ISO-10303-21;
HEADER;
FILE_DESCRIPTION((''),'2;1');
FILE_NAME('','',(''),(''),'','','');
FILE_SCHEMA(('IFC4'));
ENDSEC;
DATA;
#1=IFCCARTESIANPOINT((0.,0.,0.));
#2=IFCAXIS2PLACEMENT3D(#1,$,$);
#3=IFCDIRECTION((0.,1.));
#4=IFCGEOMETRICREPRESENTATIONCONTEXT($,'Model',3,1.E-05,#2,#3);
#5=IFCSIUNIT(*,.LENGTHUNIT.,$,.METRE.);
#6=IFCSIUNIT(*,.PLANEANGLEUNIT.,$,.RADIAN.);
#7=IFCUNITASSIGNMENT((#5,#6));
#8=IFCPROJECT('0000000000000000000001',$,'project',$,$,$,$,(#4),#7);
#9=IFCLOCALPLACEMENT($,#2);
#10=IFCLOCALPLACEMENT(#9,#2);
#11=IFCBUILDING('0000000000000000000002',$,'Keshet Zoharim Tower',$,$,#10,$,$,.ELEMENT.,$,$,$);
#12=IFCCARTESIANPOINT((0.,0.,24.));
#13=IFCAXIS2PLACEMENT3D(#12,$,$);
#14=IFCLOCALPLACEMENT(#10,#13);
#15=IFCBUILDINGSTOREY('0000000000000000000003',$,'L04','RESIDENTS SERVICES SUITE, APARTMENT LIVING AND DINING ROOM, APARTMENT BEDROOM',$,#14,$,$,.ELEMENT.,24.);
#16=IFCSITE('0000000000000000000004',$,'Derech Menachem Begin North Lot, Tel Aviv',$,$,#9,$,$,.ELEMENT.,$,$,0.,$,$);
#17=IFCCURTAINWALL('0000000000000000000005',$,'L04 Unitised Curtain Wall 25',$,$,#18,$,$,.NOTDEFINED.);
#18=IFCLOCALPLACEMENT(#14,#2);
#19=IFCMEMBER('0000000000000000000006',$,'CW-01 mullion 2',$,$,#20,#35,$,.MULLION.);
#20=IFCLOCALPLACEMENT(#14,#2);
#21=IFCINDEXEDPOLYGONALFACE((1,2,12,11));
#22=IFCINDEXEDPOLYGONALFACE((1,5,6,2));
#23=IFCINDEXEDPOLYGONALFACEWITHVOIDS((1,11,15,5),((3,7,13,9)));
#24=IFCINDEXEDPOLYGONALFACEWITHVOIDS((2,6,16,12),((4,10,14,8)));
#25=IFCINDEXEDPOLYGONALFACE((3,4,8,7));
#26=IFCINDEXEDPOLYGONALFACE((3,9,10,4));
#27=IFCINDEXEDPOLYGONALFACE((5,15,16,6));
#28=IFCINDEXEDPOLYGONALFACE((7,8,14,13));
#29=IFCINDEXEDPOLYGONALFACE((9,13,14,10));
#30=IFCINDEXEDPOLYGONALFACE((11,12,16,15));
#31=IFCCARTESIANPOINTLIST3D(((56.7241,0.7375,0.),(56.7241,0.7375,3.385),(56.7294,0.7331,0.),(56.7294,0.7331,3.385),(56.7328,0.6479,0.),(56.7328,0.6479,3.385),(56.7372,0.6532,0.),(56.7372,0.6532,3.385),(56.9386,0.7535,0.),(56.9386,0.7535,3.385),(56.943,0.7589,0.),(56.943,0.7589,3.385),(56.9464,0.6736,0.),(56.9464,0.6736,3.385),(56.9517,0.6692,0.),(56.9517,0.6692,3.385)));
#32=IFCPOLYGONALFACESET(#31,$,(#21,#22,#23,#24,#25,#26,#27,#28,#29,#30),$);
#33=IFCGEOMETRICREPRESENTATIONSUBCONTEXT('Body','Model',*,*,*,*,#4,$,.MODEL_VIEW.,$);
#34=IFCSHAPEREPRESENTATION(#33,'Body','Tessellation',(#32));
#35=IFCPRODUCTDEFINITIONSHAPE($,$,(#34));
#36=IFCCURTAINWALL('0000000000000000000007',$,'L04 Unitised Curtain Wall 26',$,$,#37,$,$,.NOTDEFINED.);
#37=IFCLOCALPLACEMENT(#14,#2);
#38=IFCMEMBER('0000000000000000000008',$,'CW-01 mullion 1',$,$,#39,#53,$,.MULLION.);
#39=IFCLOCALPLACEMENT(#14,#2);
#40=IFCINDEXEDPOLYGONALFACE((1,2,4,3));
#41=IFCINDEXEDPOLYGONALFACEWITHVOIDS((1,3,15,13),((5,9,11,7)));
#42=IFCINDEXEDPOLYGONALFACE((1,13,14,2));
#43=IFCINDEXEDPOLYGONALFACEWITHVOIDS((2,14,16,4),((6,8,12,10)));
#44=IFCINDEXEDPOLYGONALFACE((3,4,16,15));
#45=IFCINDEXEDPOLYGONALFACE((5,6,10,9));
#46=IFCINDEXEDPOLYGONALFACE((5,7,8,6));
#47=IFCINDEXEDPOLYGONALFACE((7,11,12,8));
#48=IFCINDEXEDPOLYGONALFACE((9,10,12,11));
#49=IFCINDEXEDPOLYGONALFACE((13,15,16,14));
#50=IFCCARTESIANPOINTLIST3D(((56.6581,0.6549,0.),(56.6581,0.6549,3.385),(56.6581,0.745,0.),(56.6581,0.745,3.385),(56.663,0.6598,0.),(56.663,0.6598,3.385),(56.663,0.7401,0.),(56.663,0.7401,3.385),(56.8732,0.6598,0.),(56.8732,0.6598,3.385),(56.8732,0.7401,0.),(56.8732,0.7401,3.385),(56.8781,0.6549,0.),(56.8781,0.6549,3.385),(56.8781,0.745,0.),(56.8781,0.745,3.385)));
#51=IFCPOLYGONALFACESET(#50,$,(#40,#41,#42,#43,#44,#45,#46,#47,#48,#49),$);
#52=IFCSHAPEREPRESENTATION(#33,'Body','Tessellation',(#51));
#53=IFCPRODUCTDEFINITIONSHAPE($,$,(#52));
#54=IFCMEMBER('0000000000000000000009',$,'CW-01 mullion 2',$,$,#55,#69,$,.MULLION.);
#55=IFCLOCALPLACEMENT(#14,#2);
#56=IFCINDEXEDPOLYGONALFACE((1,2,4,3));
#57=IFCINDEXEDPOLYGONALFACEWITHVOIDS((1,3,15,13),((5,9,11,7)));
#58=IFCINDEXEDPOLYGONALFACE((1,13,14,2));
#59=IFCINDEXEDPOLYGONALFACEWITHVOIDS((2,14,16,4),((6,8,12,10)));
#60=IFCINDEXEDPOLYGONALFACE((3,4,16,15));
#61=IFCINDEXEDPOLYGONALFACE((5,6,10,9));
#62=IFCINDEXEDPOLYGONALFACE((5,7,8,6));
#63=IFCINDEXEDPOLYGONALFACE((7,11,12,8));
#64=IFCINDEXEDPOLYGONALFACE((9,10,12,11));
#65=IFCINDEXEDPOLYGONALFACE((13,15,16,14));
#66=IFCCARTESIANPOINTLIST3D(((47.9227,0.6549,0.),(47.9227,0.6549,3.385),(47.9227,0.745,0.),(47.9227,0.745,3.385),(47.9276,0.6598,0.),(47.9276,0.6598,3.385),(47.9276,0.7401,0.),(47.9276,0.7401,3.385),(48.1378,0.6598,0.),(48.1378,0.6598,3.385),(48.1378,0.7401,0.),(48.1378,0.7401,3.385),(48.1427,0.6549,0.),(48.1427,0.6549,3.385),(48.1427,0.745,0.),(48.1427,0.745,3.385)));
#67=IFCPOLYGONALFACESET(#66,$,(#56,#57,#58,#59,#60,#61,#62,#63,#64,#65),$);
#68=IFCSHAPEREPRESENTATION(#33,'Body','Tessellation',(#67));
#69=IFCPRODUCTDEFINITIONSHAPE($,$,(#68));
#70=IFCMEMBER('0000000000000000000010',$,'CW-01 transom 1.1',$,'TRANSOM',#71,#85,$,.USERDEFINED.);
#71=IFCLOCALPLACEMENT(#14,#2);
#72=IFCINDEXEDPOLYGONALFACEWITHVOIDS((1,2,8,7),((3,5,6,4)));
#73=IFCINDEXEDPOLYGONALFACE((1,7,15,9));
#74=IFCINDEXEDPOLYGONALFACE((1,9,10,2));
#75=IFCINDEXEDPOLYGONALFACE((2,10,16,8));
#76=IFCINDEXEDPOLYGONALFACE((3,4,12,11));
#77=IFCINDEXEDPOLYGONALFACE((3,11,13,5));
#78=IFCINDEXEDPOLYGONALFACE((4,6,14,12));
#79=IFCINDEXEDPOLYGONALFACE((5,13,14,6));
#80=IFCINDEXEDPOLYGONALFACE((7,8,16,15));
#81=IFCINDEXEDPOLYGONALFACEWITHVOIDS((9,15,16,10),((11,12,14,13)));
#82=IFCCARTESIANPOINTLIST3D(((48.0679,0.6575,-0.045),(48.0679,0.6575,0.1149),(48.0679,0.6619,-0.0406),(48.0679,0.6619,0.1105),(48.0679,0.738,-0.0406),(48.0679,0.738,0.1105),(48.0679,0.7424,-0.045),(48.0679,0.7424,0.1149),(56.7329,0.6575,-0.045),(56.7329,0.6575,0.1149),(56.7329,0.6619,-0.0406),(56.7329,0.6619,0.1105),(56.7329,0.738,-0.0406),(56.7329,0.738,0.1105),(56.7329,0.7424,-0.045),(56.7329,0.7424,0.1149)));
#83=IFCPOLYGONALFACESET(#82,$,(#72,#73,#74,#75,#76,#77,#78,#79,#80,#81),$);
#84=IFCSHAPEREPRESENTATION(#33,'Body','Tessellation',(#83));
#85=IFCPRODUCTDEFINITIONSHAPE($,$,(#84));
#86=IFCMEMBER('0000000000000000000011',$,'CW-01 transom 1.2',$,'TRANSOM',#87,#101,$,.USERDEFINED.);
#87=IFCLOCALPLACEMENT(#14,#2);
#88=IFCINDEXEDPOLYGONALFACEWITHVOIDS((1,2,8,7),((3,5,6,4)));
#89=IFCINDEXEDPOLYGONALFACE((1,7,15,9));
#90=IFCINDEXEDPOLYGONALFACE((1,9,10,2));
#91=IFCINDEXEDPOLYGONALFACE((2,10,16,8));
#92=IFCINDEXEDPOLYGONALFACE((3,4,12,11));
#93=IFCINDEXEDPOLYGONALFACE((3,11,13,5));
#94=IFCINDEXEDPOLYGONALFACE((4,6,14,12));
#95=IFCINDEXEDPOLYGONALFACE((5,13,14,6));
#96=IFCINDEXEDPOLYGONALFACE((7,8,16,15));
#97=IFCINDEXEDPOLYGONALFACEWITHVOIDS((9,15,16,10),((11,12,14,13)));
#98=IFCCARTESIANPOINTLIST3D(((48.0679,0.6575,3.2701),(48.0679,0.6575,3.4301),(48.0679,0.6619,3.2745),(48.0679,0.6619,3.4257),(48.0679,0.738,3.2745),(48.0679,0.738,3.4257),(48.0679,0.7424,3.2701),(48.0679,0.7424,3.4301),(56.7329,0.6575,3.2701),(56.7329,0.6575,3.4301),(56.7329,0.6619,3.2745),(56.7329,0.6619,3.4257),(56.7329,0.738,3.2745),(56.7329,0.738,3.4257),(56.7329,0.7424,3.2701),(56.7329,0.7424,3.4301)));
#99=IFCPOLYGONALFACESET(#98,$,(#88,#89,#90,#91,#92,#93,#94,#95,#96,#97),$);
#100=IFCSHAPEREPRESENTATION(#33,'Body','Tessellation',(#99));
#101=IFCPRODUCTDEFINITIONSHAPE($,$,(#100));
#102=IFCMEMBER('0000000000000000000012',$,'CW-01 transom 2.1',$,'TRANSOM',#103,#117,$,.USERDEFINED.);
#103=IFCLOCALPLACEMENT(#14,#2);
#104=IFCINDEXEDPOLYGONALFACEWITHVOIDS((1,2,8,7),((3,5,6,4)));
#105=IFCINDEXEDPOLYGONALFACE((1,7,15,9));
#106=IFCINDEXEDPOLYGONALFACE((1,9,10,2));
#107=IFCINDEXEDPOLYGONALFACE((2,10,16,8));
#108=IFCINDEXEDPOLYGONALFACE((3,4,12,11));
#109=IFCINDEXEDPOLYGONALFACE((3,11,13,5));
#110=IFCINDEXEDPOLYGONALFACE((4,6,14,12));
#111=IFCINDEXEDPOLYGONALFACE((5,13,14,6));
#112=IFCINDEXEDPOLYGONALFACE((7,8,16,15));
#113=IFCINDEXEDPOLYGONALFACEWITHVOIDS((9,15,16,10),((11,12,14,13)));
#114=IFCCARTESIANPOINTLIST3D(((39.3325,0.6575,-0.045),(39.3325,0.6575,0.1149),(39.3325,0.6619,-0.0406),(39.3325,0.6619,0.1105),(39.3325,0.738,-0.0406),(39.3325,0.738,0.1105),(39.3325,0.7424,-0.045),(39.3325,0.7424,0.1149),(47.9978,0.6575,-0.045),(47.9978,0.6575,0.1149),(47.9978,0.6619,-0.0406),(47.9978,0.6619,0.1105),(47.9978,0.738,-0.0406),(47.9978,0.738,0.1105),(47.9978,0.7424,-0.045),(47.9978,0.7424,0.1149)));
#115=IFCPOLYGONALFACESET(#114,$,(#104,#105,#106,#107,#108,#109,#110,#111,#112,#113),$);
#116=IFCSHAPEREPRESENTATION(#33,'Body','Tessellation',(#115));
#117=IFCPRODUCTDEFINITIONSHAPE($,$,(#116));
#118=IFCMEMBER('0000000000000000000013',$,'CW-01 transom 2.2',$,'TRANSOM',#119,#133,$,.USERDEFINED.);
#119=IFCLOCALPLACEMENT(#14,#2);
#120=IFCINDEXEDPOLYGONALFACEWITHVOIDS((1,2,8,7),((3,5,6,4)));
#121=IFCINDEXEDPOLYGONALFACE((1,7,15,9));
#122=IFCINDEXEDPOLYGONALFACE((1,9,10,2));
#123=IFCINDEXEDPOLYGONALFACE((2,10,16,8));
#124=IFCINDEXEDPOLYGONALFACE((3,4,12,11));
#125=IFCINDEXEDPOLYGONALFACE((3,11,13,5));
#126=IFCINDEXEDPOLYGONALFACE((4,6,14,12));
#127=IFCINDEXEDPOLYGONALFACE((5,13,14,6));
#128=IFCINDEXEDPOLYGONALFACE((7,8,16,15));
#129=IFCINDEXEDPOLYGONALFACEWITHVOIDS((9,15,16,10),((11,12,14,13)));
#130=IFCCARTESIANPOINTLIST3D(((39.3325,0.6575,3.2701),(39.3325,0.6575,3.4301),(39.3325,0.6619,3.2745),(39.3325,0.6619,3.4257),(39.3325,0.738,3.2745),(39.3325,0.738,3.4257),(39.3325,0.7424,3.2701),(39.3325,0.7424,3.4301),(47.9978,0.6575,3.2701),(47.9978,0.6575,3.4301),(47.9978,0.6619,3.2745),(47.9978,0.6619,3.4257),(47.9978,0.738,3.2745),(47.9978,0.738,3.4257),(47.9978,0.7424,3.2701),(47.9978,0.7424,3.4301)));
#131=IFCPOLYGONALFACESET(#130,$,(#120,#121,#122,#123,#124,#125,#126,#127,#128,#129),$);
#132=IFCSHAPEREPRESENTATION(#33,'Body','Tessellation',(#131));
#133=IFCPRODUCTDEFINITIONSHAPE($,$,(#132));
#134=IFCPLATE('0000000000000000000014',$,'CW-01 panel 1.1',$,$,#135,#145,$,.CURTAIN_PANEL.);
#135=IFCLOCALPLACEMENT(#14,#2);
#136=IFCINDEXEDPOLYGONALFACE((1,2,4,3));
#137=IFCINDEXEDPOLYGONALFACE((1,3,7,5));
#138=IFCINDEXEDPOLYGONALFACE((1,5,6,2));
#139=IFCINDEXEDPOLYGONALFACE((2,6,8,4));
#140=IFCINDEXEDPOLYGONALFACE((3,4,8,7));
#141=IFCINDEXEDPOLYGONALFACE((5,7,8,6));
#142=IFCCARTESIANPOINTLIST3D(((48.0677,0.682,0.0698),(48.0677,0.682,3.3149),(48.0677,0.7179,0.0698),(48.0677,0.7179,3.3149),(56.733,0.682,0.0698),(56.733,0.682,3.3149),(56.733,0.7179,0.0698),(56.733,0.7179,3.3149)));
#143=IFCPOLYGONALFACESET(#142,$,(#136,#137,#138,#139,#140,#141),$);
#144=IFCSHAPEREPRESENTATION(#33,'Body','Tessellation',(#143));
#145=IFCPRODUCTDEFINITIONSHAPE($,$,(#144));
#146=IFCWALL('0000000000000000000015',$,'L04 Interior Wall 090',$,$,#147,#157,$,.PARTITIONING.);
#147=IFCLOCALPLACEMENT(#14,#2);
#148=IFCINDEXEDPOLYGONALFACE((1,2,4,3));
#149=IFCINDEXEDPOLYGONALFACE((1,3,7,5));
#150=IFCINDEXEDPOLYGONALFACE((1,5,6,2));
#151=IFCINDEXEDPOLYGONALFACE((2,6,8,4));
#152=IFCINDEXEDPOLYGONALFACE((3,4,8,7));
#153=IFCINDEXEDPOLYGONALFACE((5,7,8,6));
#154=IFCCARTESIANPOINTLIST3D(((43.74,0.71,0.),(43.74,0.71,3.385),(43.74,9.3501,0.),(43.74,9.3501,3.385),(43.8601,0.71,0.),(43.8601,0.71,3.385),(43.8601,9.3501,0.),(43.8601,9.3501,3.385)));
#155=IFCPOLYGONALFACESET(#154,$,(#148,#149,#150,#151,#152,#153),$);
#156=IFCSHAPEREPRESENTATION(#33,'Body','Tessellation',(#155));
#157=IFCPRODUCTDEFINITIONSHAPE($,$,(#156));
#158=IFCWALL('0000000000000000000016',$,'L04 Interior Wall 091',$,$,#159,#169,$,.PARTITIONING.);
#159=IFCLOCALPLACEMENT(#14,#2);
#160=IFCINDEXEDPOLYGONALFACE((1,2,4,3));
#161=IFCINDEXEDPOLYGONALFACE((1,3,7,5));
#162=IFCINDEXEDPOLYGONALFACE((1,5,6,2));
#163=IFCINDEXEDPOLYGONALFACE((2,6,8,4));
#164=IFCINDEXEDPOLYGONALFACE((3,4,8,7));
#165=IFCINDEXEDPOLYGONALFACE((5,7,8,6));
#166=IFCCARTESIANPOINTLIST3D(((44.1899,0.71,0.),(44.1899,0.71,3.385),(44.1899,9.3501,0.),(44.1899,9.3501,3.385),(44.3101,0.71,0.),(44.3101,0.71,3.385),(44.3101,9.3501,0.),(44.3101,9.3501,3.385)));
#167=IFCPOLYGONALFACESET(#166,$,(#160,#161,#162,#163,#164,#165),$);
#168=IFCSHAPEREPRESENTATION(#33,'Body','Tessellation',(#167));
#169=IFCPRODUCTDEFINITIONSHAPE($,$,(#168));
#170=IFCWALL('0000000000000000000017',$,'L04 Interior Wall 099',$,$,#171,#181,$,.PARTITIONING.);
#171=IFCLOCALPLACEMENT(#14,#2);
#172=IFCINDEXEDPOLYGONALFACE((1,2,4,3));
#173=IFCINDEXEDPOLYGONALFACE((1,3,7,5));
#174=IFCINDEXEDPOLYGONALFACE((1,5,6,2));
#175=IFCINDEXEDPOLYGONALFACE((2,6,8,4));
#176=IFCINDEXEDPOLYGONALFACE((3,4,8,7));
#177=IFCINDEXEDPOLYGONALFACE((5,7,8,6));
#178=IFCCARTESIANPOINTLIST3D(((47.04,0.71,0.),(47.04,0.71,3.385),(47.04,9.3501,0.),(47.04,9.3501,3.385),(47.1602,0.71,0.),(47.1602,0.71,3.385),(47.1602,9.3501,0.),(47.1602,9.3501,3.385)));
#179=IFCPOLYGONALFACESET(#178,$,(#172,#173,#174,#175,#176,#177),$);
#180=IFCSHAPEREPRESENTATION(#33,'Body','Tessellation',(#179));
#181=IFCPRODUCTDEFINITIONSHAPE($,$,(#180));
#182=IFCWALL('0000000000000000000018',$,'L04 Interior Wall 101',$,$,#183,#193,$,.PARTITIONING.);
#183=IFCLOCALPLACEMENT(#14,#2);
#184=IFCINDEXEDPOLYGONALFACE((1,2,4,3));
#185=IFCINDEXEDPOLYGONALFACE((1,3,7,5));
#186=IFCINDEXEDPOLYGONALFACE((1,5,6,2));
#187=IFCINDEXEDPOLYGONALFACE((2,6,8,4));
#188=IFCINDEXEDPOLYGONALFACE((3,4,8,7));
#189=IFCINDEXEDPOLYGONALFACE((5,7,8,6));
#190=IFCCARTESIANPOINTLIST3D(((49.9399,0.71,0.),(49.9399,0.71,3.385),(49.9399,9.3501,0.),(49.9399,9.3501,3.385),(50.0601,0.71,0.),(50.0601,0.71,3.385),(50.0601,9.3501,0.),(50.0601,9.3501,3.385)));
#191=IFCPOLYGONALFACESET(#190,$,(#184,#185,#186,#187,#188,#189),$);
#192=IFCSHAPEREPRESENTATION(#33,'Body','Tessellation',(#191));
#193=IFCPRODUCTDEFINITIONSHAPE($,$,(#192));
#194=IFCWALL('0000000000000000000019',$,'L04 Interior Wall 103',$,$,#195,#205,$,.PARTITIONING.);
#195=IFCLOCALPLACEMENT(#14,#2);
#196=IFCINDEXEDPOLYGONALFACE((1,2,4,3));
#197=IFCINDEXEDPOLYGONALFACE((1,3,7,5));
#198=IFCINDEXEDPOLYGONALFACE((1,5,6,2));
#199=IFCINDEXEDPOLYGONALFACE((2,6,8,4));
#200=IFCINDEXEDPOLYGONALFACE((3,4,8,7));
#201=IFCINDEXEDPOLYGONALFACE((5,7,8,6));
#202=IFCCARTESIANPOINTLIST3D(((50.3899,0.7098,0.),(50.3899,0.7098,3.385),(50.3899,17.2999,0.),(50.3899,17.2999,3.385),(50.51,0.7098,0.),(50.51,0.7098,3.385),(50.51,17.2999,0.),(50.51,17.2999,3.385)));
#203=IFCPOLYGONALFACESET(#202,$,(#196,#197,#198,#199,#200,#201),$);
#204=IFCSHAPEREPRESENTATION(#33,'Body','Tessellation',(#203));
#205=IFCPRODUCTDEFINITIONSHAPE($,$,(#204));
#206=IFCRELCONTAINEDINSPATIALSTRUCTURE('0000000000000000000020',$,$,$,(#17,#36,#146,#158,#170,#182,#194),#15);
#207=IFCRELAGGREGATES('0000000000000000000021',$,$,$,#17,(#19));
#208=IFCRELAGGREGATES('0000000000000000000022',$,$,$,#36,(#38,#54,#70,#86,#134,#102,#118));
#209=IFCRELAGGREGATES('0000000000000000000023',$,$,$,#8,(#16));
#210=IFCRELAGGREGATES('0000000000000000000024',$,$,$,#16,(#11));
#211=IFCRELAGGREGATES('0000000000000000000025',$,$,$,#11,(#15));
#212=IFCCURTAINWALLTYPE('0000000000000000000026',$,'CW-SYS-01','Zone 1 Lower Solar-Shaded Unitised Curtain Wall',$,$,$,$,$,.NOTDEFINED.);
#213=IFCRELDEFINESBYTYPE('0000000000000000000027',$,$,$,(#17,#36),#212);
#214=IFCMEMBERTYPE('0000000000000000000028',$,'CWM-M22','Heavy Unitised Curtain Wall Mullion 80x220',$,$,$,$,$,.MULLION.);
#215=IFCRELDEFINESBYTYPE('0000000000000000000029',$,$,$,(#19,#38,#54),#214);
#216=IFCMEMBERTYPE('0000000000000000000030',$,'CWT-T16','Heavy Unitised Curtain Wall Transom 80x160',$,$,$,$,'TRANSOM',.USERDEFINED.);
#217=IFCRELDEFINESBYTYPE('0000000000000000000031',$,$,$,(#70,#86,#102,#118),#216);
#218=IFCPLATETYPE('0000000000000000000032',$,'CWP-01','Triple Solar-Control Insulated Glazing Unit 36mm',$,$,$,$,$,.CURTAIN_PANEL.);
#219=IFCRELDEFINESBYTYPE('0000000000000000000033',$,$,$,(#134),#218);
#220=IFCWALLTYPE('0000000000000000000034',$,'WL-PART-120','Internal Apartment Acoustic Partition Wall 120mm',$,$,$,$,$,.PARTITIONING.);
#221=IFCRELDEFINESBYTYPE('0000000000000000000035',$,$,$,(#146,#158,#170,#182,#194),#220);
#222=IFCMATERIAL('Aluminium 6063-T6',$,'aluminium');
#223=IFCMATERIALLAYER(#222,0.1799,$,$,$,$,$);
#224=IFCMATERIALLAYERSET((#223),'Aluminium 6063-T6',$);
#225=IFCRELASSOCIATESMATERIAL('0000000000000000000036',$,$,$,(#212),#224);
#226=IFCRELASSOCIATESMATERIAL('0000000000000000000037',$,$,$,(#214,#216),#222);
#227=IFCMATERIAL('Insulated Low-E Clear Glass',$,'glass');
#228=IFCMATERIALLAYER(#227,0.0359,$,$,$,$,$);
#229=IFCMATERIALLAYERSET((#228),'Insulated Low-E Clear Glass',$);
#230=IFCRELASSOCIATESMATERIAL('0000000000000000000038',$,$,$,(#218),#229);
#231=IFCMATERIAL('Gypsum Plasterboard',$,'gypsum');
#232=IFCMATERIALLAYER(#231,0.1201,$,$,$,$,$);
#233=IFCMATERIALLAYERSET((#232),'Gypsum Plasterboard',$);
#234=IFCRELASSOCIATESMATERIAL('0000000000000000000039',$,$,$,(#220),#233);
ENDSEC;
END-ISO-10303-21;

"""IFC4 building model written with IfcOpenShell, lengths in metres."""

from ifc_helpers import new_model, si_unit, direction, frame, frame_2d, origin, origin_2d, place, context, subcontext, project, spatial, rectangle, hollow_rectangle, extrude, material, layer, layer_set, material_profile, profile_set, type_object, element, aggregate, save


model = new_model("IFC4")

# Units and contexts
model_context = context("Model", 3, precision=1e-05, world=origin(), true_north=direction((0.0, 1.0)))
body_context = subcontext(model_context, "Body", "Model", "MODEL_VIEW")
ifc_project = project(units=[si_unit("LENGTHUNIT", "METRE"), si_unit("PLANEANGLEUNIT", "RADIAN")], contexts=[model_context])

# Site, building, storey
site_placement = place(None, origin())
site = spatial("IfcSite", under=ifc_project, at=site_placement, Name="Derech Menachem Begin North Lot, Tel Aviv", CompositionType="ELEMENT", RefElevation=0.0)
building_placement = place(site_placement, origin())
building = spatial("IfcBuilding", under=site, at=building_placement, Name="Keshet Zoharim Tower", CompositionType="ELEMENT")
storey_placement = place(building_placement, frame((0.0, 0.0, 24.0)))
storey = spatial("IfcBuildingStorey", under=building, at=storey_placement, Name="L04", Description="RESIDENTS SERVICES SUITE, APARTMENT LIVING AND DINING ROOM, APARTMENT BEDROOM", CompositionType="ELEMENT", Elevation=24.0)

# Curtain wall, member
ifc_material_1 = material(Name="Aluminium 6063-T6", Category="aluminium")
ifc_layer_1 = layer(ifc_material_1, 0.1799)
ifc_layer_set_1 = layer_set([ifc_layer_1], Name="Aluminium 6063-T6")
curtain_wall_type = type_object("IfcCurtainWallType", Name="CW-SYS-01", Description="Zone 1 Lower Solar-Shaded Unitised Curtain Wall", PredefinedType="NOTDEFINED", material=ifc_layer_set_1)
curtain_wall_1_placement = place(storey_placement, origin())
curtain_wall_1 = element("IfcCurtainWall", 1, at=curtain_wall_1_placement, inside=storey, type_object=curtain_wall_type, Name="L04 Unitised Curtain Wall 25", PredefinedType="NOTDEFINED")
ifc_material_profile_1 = material_profile(ifc_material_1, hollow_rectangle(XDim=0.0901, YDim=0.22, WallThickness=0.0049, at=origin_2d()), Name="MUL-90x220")
ifc_profile_set_1 = profile_set([ifc_material_profile_1], Name="Aluminium 6063-T6")
member_type_1 = type_object("IfcMemberType", Name="CWM-M22", Description="Heavy Unitised Curtain Wall Mullion 80x220", PredefinedType="MULLION", material=ifc_profile_set_1)
member_1_placement = place(storey_placement, frame((56.8379, 0.7034, 0.0), z_axis=(0.0, 0.0, 1.0), x_axis=(0.096977, -0.995287, 0.0)))
member_1 = element("IfcMember", 2, at=member_1_placement, type_object=member_type_1, Name="CW-01 mullion 2", PredefinedType="MULLION", context=body_context, shape_type="SweptSolid", body=[
    extrude(hollow_rectangle(XDim=0.0901, YDim=0.22, WallThickness=0.0049, at=origin_2d()), origin(), (0.0, 0.0, 1.0), 3.385),
])
aggregate(curtain_wall_1, [member_1])

# Curtain wall, members, plate
curtain_wall_2_placement = place(storey_placement, origin())
curtain_wall_2 = element("IfcCurtainWall", 3, at=curtain_wall_2_placement, inside=storey, type_object=curtain_wall_type, Name="L04 Unitised Curtain Wall 26", PredefinedType="NOTDEFINED")
member_2_placement = place(storey_placement, frame((56.7681, 0.7, 0.0), z_axis=(0.0, 0.0, 1.0), x_axis=(0.0, -1.0, 0.0)))
member_2 = element("IfcMember", 4, at=member_2_placement, type_object=member_type_1, Name="CW-01 mullion 1", PredefinedType="MULLION", context=body_context, shape_type="SweptSolid", body=[
    extrude(hollow_rectangle(XDim=0.0901, YDim=0.22, WallThickness=0.0049, at=origin_2d()), origin(), (0.0, 0.0, 1.0), 3.385),
])
member_3_placement = place(storey_placement, frame((48.0327, 0.7, 0.0), z_axis=(0.0, 0.0, 1.0), x_axis=(0.0, -1.0, 0.0)))
member_3 = element("IfcMember", 5, at=member_3_placement, type_object=member_type_1, Name="CW-01 mullion 2", PredefinedType="MULLION", context=body_context, shape_type="SweptSolid", body=[
    extrude(hollow_rectangle(XDim=0.0901, YDim=0.22, WallThickness=0.0049, at=origin_2d()), origin(), (0.0, 0.0, 1.0), 3.385),
])
ifc_material_profile_2 = material_profile(ifc_material_1, hollow_rectangle(XDim=0.085, YDim=0.1599, WallThickness=0.0044, at=origin_2d()), Name="TRN-85x160")
ifc_profile_set_2 = profile_set([ifc_material_profile_2], Name="Aluminium 6063-T6")
member_type_2 = type_object("IfcMemberType", Name="CWT-T16", Description="Heavy Unitised Curtain Wall Transom 80x160", ElementType="TRANSOM", PredefinedType="USERDEFINED", material=ifc_profile_set_2)
member_4_placement = place(storey_placement, frame((56.7329, 0.7, 0.0349), z_axis=(-1.0, 0.0, 0.0), x_axis=(0.0, -1.0, 0.0)))
member_4 = element("IfcMember", 6, at=member_4_placement, type_object=member_type_2, Name="CW-01 transom 1.1", ObjectType="TRANSOM", PredefinedType="USERDEFINED", context=body_context, shape_type="SweptSolid", body=[
    extrude(hollow_rectangle(XDim=0.085, YDim=0.1599, WallThickness=0.0044, at=origin_2d()), origin(), (0.0, 0.0, 1.0), 8.665),
])
member_5_placement = place(storey_placement, frame((56.7329, 0.7, 3.3501), z_axis=(-1.0, 0.0, 0.0), x_axis=(0.0, -1.0, 0.0)))
member_5 = element("IfcMember", 7, at=member_5_placement, type_object=member_type_2, Name="CW-01 transom 1.2", ObjectType="TRANSOM", PredefinedType="USERDEFINED", context=body_context, shape_type="SweptSolid", body=[
    extrude(hollow_rectangle(XDim=0.085, YDim=0.1599, WallThickness=0.0044, at=origin_2d()), origin(), (0.0, 0.0, 1.0), 8.665),
])
member_6_placement = place(storey_placement, frame((47.9978, 0.7, 0.0349), z_axis=(-1.0, 0.0, 0.0), x_axis=(0.0, -1.0, 0.0)))
member_6 = element("IfcMember", 8, at=member_6_placement, type_object=member_type_2, Name="CW-01 transom 2.1", ObjectType="TRANSOM", PredefinedType="USERDEFINED", context=body_context, shape_type="SweptSolid", body=[
    extrude(hollow_rectangle(XDim=0.085, YDim=0.1599, WallThickness=0.0044, at=origin_2d()), origin(), (0.0, 0.0, 1.0), 8.6653),
])
member_7_placement = place(storey_placement, frame((47.9978, 0.7, 3.3501), z_axis=(-1.0, 0.0, 0.0), x_axis=(0.0, -1.0, 0.0)))
member_7 = element("IfcMember", 9, at=member_7_placement, type_object=member_type_2, Name="CW-01 transom 2.2", ObjectType="TRANSOM", PredefinedType="USERDEFINED", context=body_context, shape_type="SweptSolid", body=[
    extrude(hollow_rectangle(XDim=0.085, YDim=0.1599, WallThickness=0.0044, at=origin_2d()), origin(), (0.0, 0.0, 1.0), 8.6653),
])
ifc_material_2 = material(Name="Insulated Low-E Clear Glass", Category="glass")
ifc_layer_2 = layer(ifc_material_2, 0.0359)
ifc_layer_set_2 = layer_set([ifc_layer_2], Name="Insulated Low-E Clear Glass")
plate_type = type_object("IfcPlateType", Name="CWP-01", Description="Triple Solar-Control Insulated Glazing Unit 36mm", PredefinedType="CURTAIN_PANEL", material=ifc_layer_set_2)
plate_placement = place(storey_placement, frame((52.4004, 0.7, 0.0698), z_axis=(0.0, 0.0, 1.0), x_axis=(-1.0, 0.0, 0.0)))
plate = element("IfcPlate", 10, at=plate_placement, type_object=plate_type, Name="CW-01 panel 1.1", PredefinedType="CURTAIN_PANEL", context=body_context, shape_type="SweptSolid", body=[
    extrude(rectangle(XDim=8.6653, YDim=0.0359, at=origin_2d()), origin(), (0.0, 0.0, 1.0), 3.2451),
])
aggregate(curtain_wall_2, [member_2, member_3, member_4, member_5, plate, member_6, member_7])

# Walls
ifc_material_3 = material(Name="Gypsum Plasterboard", Category="gypsum")
ifc_layer_3 = layer(ifc_material_3, 0.1201)
ifc_layer_set_3 = layer_set([ifc_layer_3], Name="Gypsum Plasterboard")
wall_type = type_object("IfcWallType", Name="WL-PART-120", Description="Internal Apartment Acoustic Partition Wall 120mm", PredefinedType="PARTITIONING", material=ifc_layer_set_3)
for number, where, z_axis, x_axis, name in (
    (11, (43.8, 0.71, 0.0), (0.0, 0.0, 1.0), (0.0, 1.0, 0.0), "L04 Interior Wall 090"),
    (12, (44.25, 0.71, 0.0), (0.0, 0.0, 1.0), (0.0, 1.0, 0.0), "L04 Interior Wall 091"),
    (13, (47.1001, 0.71, 0.0), (0.0, 0.0, 1.0), (0.0, 1.0, 0.0), "L04 Interior Wall 099"),
    (14, (50.0, 0.71, 0.0), (0.0, 0.0, 1.0), (0.0, 1.0, 0.0), "L04 Interior Wall 101"),
):
    element("IfcWall", number, at=place(storey_placement, frame(where, z_axis=z_axis, x_axis=x_axis)), inside=storey, type_object=wall_type, Name=name, PredefinedType="PARTITIONING", context=body_context, shape_type="SweptSolid", body=[
        extrude(rectangle(XDim=8.6401, YDim=0.1201, at=frame_2d((4.3201, 0.0))), origin(), (0.0, 0.0, 1.0), 3.385),
    ])
wall_placement = place(storey_placement, frame((50.45, 0.71, 0.0), z_axis=(0.0, 0.0, 1.0), x_axis=(0.0, 1.0, 0.0)))
element("IfcWall", 15, at=wall_placement, inside=storey, type_object=wall_type, Name="L04 Interior Wall 103", PredefinedType="PARTITIONING", context=body_context, shape_type="SweptSolid", body=[
    extrude(rectangle(XDim=16.5901, YDim=0.1201, at=frame_2d((8.2949, 0.0))), origin(), (0.0, 0.0, 1.0), 3.385),
])

save(model, "model.ifc")
